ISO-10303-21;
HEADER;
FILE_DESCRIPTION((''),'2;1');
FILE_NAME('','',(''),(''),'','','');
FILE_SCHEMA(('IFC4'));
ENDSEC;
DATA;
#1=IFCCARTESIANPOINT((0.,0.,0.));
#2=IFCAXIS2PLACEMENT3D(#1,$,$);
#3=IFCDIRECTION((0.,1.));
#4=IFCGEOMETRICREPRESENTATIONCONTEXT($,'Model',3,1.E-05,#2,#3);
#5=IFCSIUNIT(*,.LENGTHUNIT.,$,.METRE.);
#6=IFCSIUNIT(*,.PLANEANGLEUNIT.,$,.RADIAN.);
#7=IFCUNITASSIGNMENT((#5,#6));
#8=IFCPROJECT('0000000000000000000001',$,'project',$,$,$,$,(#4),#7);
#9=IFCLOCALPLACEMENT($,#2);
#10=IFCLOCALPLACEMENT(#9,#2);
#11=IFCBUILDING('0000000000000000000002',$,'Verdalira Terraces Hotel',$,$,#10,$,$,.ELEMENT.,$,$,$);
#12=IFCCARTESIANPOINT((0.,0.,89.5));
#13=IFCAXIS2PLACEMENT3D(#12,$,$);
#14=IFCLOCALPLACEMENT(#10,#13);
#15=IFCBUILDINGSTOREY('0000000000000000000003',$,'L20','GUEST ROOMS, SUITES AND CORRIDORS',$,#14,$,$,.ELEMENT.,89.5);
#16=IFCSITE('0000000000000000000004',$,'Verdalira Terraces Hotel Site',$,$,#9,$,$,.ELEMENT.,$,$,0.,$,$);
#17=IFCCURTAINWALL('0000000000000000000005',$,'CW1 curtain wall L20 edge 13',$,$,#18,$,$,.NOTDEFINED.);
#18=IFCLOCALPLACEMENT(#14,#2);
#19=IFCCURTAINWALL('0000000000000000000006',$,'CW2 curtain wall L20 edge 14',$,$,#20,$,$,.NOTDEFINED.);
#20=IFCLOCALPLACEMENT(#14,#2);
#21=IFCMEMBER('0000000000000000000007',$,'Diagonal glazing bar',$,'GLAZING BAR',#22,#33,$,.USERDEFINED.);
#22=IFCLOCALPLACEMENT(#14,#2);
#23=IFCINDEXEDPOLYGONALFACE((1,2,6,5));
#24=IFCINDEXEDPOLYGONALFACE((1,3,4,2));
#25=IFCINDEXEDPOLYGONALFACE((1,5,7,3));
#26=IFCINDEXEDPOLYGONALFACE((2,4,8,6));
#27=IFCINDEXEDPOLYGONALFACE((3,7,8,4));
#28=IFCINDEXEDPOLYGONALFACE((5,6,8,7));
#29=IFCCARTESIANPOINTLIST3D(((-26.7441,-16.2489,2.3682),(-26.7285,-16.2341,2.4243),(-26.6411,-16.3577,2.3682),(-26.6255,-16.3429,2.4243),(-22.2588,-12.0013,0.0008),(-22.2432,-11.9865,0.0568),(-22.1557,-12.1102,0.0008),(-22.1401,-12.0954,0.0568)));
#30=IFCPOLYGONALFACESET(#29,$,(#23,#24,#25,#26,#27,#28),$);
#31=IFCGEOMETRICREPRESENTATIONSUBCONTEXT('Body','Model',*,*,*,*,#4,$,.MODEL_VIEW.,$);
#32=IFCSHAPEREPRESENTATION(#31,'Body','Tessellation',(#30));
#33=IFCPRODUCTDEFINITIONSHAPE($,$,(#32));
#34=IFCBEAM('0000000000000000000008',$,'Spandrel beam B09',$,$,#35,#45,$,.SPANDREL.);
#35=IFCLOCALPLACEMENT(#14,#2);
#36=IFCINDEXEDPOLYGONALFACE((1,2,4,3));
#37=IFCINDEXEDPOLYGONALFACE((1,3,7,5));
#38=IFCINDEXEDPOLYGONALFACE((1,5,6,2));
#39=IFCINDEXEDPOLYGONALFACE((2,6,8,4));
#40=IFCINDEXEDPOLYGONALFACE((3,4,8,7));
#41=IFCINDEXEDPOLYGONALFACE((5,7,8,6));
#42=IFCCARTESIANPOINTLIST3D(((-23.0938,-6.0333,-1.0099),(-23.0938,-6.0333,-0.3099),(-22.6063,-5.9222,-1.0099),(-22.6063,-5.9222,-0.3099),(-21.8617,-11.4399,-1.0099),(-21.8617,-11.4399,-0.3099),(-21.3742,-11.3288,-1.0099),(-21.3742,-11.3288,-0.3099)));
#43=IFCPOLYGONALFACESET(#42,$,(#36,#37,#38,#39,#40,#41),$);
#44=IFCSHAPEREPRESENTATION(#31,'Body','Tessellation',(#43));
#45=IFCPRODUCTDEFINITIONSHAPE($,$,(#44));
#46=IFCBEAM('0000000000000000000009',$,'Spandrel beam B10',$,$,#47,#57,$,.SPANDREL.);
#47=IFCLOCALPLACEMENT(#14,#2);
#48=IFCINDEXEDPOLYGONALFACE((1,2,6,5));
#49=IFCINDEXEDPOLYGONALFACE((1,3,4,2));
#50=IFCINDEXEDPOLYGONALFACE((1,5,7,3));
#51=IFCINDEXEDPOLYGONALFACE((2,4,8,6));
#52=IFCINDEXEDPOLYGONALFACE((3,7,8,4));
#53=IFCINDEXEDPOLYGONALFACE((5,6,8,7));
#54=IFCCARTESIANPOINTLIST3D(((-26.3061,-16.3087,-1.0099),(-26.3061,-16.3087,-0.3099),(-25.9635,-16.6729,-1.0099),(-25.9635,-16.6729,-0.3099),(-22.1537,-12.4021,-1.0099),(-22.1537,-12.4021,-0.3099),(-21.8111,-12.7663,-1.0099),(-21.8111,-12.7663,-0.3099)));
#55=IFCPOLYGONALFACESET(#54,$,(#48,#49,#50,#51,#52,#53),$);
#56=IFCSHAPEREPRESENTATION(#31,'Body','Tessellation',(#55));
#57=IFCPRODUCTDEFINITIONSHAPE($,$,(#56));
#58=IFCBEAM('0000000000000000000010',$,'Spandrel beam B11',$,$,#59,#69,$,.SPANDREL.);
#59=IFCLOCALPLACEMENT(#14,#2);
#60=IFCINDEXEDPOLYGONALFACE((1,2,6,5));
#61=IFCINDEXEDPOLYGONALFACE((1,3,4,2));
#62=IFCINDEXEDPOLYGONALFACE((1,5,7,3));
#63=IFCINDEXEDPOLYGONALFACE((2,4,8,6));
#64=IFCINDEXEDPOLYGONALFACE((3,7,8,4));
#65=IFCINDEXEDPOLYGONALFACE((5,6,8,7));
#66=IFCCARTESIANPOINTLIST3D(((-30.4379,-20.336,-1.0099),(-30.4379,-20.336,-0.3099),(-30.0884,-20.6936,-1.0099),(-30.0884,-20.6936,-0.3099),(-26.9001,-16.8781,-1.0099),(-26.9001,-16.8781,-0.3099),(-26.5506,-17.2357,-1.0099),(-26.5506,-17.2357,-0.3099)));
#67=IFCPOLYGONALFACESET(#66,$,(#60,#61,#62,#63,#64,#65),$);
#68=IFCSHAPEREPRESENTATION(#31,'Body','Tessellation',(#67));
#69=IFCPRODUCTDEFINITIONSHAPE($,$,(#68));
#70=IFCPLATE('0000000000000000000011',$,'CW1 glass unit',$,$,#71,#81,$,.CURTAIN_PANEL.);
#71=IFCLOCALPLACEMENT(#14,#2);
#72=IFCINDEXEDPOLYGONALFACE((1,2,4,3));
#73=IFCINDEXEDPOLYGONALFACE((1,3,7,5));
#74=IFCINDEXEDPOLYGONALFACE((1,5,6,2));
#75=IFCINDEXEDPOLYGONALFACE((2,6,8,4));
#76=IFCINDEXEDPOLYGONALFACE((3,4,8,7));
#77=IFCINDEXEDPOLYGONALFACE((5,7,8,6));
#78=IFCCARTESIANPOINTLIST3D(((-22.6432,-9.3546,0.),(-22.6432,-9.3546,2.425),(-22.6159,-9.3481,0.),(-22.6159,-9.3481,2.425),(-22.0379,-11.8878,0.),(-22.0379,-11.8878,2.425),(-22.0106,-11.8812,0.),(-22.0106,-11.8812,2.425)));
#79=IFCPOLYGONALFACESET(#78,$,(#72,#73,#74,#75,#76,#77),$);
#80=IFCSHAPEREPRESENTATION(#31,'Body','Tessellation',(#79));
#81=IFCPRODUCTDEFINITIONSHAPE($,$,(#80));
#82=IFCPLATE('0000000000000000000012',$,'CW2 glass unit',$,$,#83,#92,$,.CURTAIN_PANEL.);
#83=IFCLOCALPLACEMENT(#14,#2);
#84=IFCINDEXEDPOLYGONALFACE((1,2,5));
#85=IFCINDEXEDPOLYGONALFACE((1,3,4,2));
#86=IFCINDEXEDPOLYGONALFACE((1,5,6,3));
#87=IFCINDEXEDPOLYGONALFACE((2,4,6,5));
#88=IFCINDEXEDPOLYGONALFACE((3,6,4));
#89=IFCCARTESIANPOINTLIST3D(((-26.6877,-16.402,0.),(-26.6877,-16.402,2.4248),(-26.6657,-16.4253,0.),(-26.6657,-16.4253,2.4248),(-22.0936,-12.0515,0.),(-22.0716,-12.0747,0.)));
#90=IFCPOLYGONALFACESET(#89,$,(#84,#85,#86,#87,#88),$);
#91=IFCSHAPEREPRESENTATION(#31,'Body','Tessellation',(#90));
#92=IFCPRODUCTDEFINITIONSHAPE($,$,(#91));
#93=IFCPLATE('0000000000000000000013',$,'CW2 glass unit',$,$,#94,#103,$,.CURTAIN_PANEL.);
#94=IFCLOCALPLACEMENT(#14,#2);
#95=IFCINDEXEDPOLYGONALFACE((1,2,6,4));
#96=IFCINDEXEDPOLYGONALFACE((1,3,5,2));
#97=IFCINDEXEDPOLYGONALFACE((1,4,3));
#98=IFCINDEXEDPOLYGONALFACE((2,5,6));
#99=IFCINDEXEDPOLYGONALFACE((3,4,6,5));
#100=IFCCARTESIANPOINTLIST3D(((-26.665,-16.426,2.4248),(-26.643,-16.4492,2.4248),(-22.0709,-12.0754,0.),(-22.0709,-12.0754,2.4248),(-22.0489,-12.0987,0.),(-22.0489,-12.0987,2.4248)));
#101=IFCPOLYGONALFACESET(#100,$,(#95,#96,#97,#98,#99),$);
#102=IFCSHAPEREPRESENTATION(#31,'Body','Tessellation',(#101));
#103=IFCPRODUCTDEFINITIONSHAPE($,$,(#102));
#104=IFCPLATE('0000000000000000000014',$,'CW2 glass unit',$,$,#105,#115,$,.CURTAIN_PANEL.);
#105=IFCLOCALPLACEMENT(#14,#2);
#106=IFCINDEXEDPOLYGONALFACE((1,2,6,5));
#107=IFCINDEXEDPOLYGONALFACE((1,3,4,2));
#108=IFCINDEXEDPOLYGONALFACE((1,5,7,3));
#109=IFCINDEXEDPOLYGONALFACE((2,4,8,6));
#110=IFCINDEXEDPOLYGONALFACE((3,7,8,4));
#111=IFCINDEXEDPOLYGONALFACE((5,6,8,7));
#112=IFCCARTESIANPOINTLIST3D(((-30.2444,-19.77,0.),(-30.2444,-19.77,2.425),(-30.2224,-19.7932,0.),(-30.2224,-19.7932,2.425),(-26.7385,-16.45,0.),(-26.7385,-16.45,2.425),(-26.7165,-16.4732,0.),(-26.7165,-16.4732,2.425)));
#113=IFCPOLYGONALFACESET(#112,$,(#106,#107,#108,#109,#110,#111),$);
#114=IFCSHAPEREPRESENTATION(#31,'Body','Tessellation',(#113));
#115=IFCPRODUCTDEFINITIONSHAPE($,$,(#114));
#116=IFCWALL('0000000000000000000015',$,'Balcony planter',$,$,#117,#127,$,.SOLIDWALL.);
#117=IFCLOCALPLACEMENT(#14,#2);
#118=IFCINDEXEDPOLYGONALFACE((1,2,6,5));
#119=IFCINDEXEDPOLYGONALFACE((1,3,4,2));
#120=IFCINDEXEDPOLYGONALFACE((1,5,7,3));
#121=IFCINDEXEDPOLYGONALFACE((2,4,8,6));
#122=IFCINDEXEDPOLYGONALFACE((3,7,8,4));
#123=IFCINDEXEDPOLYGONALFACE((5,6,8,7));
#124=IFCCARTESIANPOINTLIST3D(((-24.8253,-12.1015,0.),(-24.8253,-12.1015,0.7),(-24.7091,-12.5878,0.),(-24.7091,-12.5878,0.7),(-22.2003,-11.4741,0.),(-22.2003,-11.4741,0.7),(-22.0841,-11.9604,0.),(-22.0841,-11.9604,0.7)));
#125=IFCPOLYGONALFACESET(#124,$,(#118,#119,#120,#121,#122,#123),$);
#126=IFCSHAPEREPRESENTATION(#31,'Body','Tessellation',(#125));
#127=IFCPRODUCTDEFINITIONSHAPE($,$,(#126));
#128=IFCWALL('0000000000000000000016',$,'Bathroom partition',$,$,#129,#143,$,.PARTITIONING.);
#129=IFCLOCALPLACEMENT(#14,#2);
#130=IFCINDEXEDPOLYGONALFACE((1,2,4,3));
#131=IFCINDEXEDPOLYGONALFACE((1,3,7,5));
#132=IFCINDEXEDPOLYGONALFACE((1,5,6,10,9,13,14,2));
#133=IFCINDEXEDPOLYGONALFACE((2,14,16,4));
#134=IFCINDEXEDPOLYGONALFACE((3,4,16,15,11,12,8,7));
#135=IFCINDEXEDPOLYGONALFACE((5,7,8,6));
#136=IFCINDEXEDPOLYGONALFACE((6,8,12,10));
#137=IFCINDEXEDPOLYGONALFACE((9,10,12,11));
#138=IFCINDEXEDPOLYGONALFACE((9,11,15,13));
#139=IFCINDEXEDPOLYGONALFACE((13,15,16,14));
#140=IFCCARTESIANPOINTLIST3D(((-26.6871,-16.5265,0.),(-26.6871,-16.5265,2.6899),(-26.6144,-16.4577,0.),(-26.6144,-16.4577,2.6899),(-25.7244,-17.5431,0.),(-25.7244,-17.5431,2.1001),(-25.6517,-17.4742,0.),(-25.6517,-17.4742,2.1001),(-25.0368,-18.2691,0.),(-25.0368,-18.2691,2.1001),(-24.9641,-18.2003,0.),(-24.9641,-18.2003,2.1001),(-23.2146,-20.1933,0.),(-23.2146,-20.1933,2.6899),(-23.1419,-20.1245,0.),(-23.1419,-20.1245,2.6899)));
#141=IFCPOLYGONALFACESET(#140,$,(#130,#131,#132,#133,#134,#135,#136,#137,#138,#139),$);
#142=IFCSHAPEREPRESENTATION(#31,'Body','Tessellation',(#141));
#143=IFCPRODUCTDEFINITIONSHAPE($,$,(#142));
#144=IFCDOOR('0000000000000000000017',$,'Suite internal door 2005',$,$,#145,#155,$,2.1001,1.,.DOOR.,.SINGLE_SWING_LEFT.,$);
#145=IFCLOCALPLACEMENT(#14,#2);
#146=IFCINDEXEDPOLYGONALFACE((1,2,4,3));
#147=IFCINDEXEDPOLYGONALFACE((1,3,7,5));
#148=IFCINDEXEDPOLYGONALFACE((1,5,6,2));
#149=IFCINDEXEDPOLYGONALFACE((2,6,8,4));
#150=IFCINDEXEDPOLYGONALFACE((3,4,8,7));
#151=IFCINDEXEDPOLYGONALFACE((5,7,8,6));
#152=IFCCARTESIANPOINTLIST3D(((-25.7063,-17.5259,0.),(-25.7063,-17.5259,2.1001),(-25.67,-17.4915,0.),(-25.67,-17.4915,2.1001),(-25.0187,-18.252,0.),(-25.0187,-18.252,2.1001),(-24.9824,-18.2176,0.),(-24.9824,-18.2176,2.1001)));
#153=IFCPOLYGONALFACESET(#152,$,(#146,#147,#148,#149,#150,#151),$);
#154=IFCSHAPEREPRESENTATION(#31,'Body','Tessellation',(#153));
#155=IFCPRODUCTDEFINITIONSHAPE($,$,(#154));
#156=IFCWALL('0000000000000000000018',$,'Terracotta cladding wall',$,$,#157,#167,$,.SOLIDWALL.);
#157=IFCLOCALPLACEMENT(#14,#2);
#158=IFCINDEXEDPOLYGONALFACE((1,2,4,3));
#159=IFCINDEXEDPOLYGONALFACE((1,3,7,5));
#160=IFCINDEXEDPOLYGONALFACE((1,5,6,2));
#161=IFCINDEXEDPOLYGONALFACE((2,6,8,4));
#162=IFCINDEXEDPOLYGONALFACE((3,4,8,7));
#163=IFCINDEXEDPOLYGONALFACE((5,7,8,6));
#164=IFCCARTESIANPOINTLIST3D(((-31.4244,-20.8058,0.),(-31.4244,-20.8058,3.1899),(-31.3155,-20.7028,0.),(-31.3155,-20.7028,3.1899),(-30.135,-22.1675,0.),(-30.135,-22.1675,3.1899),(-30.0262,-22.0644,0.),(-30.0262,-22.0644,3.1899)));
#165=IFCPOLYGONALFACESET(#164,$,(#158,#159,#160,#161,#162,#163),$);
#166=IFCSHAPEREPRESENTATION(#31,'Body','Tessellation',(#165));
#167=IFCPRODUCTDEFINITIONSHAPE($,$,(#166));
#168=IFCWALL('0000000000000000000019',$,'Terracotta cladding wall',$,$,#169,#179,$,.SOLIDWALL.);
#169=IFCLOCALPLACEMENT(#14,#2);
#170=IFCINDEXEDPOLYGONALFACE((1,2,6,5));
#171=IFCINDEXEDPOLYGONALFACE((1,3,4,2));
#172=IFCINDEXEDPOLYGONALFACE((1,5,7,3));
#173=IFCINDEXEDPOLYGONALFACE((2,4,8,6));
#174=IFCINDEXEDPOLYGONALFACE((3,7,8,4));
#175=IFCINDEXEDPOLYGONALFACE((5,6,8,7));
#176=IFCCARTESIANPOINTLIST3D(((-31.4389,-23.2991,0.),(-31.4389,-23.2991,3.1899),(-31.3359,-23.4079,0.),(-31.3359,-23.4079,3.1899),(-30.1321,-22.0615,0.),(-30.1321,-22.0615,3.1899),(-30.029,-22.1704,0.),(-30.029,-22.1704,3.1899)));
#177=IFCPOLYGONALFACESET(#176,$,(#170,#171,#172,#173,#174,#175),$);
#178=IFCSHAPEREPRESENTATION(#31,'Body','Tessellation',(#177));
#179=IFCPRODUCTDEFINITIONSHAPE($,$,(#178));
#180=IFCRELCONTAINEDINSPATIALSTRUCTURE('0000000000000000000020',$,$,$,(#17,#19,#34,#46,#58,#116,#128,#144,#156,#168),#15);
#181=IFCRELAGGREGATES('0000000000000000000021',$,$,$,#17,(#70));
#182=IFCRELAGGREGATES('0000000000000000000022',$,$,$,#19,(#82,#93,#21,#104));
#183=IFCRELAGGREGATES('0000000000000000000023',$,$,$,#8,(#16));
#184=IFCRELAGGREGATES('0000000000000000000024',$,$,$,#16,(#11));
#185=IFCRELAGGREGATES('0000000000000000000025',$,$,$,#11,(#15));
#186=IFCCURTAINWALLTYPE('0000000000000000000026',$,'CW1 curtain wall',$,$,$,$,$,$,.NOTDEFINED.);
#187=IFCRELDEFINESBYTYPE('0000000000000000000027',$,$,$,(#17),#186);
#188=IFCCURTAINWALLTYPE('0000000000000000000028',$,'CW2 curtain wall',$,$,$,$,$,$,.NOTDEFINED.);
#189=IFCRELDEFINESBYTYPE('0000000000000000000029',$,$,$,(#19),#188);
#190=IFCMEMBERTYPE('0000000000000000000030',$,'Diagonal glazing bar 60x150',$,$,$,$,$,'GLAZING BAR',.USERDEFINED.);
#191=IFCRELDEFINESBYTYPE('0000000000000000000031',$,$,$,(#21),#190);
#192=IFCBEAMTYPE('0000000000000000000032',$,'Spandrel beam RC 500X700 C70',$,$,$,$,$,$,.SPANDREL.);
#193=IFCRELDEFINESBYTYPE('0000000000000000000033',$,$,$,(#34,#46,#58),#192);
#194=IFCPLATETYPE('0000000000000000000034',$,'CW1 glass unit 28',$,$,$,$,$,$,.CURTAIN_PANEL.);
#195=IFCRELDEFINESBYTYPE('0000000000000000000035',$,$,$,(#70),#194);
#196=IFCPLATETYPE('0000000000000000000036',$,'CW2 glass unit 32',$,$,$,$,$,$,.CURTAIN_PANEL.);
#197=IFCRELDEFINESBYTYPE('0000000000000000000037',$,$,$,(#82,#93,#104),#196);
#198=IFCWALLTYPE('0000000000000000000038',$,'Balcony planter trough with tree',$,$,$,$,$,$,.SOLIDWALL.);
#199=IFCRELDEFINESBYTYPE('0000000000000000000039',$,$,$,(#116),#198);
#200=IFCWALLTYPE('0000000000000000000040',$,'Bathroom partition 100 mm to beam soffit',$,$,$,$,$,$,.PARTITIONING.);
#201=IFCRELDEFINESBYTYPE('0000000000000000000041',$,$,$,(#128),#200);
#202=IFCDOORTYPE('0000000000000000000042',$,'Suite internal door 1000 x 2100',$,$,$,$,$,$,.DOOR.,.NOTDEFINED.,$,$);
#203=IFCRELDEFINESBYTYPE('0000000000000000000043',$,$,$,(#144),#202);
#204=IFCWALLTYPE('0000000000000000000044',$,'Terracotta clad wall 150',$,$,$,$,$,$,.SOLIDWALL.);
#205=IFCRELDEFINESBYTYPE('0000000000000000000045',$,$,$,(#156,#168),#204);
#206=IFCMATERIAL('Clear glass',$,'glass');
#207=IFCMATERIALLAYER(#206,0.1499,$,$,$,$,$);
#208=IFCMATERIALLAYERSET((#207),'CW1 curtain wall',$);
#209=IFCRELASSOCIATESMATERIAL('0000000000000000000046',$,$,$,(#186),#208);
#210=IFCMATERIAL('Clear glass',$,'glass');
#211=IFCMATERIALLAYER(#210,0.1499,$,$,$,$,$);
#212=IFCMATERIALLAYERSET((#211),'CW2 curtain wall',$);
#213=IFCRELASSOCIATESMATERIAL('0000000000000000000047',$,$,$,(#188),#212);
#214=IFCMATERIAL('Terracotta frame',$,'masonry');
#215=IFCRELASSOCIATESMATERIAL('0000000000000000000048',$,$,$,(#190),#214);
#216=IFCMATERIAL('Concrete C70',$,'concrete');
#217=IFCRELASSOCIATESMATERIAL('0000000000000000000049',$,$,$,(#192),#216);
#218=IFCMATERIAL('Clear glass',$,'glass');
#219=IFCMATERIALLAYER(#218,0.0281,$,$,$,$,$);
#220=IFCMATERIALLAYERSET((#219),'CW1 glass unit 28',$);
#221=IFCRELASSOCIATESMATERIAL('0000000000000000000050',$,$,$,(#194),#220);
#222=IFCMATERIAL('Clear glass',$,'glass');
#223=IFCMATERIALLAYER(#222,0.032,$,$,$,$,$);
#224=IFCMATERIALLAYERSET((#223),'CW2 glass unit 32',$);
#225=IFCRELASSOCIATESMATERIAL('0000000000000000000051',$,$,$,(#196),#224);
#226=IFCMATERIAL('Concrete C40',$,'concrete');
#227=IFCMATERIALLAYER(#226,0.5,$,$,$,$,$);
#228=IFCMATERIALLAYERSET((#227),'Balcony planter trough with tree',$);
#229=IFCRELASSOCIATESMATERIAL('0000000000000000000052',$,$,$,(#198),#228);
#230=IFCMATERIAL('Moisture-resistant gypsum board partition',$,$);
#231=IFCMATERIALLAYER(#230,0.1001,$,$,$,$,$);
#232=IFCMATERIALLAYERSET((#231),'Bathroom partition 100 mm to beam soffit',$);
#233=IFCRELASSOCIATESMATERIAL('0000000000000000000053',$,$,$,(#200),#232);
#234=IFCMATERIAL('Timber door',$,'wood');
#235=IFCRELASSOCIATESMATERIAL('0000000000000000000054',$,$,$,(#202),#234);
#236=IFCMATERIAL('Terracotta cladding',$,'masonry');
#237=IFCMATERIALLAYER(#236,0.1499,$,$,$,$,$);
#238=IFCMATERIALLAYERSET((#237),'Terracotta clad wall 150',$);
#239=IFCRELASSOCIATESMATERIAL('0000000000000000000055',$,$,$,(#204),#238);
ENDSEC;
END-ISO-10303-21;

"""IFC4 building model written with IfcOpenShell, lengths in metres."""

from ifc_helpers import new_model, si_unit, direction, frame, frame_2d, origin, origin_2d, place, context, subcontext, project, spatial, polyline, rectangle, outline, extrude, material, layer, layer_set, material_profile, profile_set, type_object, element, fill, aggregate, save


model = new_model("IFC4")

# Units and contexts
model_context = context("Model", 3, precision=1e-05, world=origin(), true_north=direction((0.0, 1.0)))
body_context = subcontext(model_context, "Body", "Model", "MODEL_VIEW")
ifc_project = project(units=[si_unit("LENGTHUNIT", "METRE"), si_unit("PLANEANGLEUNIT", "RADIAN")], contexts=[model_context])

# Site, building, storey
site_placement = place(None, origin())
site = spatial("IfcSite", under=ifc_project, at=site_placement, Name="Verdalira Terraces Hotel Site", CompositionType="ELEMENT", RefElevation=0.0)
building_placement = place(site_placement, origin())
building = spatial("IfcBuilding", under=site, at=building_placement, Name="Verdalira Terraces Hotel", CompositionType="ELEMENT")
storey_placement = place(building_placement, frame((0.0, 0.0, 89.5)))
storey = spatial("IfcBuildingStorey", under=building, at=storey_placement, Name="L20", Description="GUEST ROOMS, SUITES AND CORRIDORS", CompositionType="ELEMENT", Elevation=89.5)

# Curtain wall
ifc_material_1 = material(Name="Clear glass", Category="glass")
ifc_layer_1 = layer(ifc_material_1, 0.1499)
ifc_layer_set_1 = layer_set([ifc_layer_1], Name="CW1 curtain wall")
curtain_wall_type_1 = type_object("IfcCurtainWallType", Name="CW1 curtain wall", PredefinedType="NOTDEFINED", material=ifc_layer_set_1)
curtain_wall_1_placement = place(storey_placement, origin())
curtain_wall_1 = element("IfcCurtainWall", 1, at=curtain_wall_1_placement, inside=storey, type_object=curtain_wall_type_1, Name="CW1 curtain wall L20 edge 13", PredefinedType="NOTDEFINED")

# Curtain wall, member
ifc_material_2 = material(Name="Clear glass", Category="glass")
ifc_layer_2 = layer(ifc_material_2, 0.1499)
ifc_layer_set_2 = layer_set([ifc_layer_2], Name="CW2 curtain wall")
curtain_wall_type_2 = type_object("IfcCurtainWallType", Name="CW2 curtain wall", PredefinedType="NOTDEFINED", material=ifc_layer_set_2)
curtain_wall_2_placement = place(storey_placement, origin())
curtain_wall_2 = element("IfcCurtainWall", 2, at=curtain_wall_2_placement, inside=storey, type_object=curtain_wall_type_2, Name="CW2 curtain wall L20 edge 14", PredefinedType="NOTDEFINED")
ifc_material_3 = material(Name="Terracotta frame", Category="masonry")
ifc_material_profile_1 = material_profile(ifc_material_3, rectangle(XDim=0.1499, YDim=0.0601, at=origin_2d()), Name="GB 60x150")
ifc_profile_set_1 = profile_set([ifc_material_profile_1], Name="Terracotta frame")
member_type_1 = type_object("IfcMemberType", Name="Diagonal glazing bar 60x150", ElementType="GLAZING BAR", PredefinedType="USERDEFINED", material=ifc_profile_set_1)
member_1_placement = place(storey_placement, frame((-22.1995, -12.0483, 0.0288), z_axis=(-0.678006, -0.642061, 0.357861), x_axis=(0.687598, -0.726092, 0.0)))
member_1 = element("IfcMember", 3, at=member_1_placement, type_object=member_type_1, Name="Diagonal glazing bar", ObjectType="GLAZING BAR", PredefinedType="USERDEFINED", context=body_context, shape_type="SweptSolid", body=[
    extrude(rectangle(XDim=0.1499, YDim=0.0601, at=origin_2d()), origin(), (0.0, 0.0, 1.0), 6.6155),
])

# Beams
ifc_material_4 = material(Name="Concrete C70", Category="concrete")
ifc_material_profile_2 = material_profile(ifc_material_4, rectangle(XDim=0.5, YDim=0.7, at=origin_2d()), Name="RC 500X700")
ifc_profile_set_2 = profile_set([ifc_material_profile_2], Name="Concrete C70")
beam_type_1 = type_object("IfcBeamType", Name="Spandrel beam RC 500X700 C70", PredefinedType="SPANDREL", material=ifc_profile_set_2)
beam_1_placement = place(storey_placement, frame((-22.8501, -5.9778, -0.6599), z_axis=(0.222209, -0.974999, 0.0), x_axis=(0.974999, 0.222209, 0.0)))
element("IfcBeam", 4, at=beam_1_placement, inside=storey, type_object=beam_type_1, Name="Spandrel beam B09", PredefinedType="SPANDREL", context=body_context, shape_type="SweptSolid", body=[
    extrude(rectangle(XDim=0.5, YDim=0.7, at=origin_2d()), origin(), (0.0, 0.0, 1.0), 5.5452),
])
beam_2_placement = place(storey_placement, frame((-21.9824, -12.5842, -0.6599), z_axis=(-0.72834, -0.685216, 0.0), x_axis=(0.685216, -0.72834, 0.0)))
element("IfcBeam", 5, at=beam_2_placement, inside=storey, type_object=beam_type_1, Name="Spandrel beam B10", PredefinedType="SPANDREL", context=body_context, shape_type="SweptSolid", body=[
    extrude(rectangle(XDim=0.5, YDim=0.7, at=origin_2d()), origin(), (0.0, 0.0, 1.0), 5.7012),
])
beam_3_placement = place(storey_placement, frame((-26.7253, -17.0569, -0.6599), z_axis=(-0.715129, -0.698992, 0.0), x_axis=(0.698992, -0.715129, 0.0)))
element("IfcBeam", 6, at=beam_3_placement, inside=storey, type_object=beam_type_1, Name="Spandrel beam B11", PredefinedType="SPANDREL", context=body_context, shape_type="SweptSolid", body=[
    extrude(rectangle(XDim=0.5, YDim=0.7, at=origin_2d()), origin(), (0.0, 0.0, 1.0), 4.947),
])

# Plates
ifc_material_5 = material(Name="Clear glass", Category="glass")
ifc_layer_3 = layer(ifc_material_5, 0.0281)
ifc_layer_set_3 = layer_set([ifc_layer_3], Name="CW1 glass unit 28")
plate_type_1 = type_object("IfcPlateType", Name="CW1 glass unit 28", PredefinedType="CURTAIN_PANEL", material=ifc_layer_set_3)
plate_1_placement = place(storey_placement, frame((-22.3269, -10.6179, 0.0), z_axis=(0.0, 0.0, 1.0), x_axis=(0.232427, -0.972614, 0.0)))
plate_1 = element("IfcPlate", 7, at=plate_1_placement, type_object=plate_type_1, Name="CW1 glass unit", PredefinedType="CURTAIN_PANEL", context=body_context, shape_type="SweptSolid", body=[
    extrude(rectangle(XDim=2.6045, YDim=0.0281, at=origin_2d()), origin(), (0.0, 0.0, 1.0), 2.425),
])
aggregate(curtain_wall_1, [plate_1])
ifc_material_6 = material(Name="Clear glass", Category="glass")
ifc_layer_4 = layer(ifc_material_6, 0.032)
ifc_layer_set_4 = layer_set([ifc_layer_4], Name="CW2 glass unit 32")
plate_type_2 = type_object("IfcPlateType", Name="CW2 glass unit 32", PredefinedType="CURTAIN_PANEL", material=ifc_layer_set_4)
plate_2_placement = place(storey_placement, frame((-24.3687, -14.25, 1.2124), z_axis=(-0.687595, 0.726095, 0.0), x_axis=(-0.726095, -0.687595, 0.0)))
plate_2 = element("IfcPlate", 8, at=plate_2_placement, type_object=plate_type_2, Name="CW2 glass unit", PredefinedType="CURTAIN_PANEL", context=body_context, shape_type="SweptSolid", body=[
    extrude(outline(polyline([(-3.1636, -1.2124), (3.1636, -1.2124), (3.1636, 1.2124), (-3.1636, -1.2124)])), origin(), (0.0, 0.0, 1.0), 0.032),
])
plate_3_placement = place(storey_placement, frame((-24.3459, -14.2739, 1.2124), z_axis=(-0.687595, 0.726095, 0.0), x_axis=(-0.726095, -0.687595, 0.0)))
plate_3 = element("IfcPlate", 9, at=plate_3_placement, type_object=plate_type_2, Name="CW2 glass unit", PredefinedType="CURTAIN_PANEL", context=body_context, shape_type="SweptSolid", body=[
    extrude(outline(polyline([(-3.1636, -1.2124), (3.1636, 1.2124), (-3.1636, 1.2124), (-3.1636, -1.2124)])), origin(), (0.0, 0.0, 1.0), 0.032),
])
plate_4_placement = place(storey_placement, frame((-28.4805, -18.1216, 0.0), z_axis=(0.0, 0.0, 1.0), x_axis=(-0.726095, -0.687595, 0.0)))
plate_4 = element("IfcPlate", 10, at=plate_4_placement, type_object=plate_type_2, Name="CW2 glass unit", PredefinedType="CURTAIN_PANEL", context=body_context, shape_type="SweptSolid", body=[
    extrude(rectangle(XDim=4.8284, YDim=0.032, at=origin_2d()), origin(), (0.0, 0.0, 1.0), 2.425),
])
aggregate(curtain_wall_2, [plate_2, plate_3, member_1, plate_4])

# Wall
ifc_material_7 = material(Name="Concrete C40", Category="concrete")
ifc_layer_5 = layer(ifc_material_7, 0.5)
ifc_layer_set_5 = layer_set([ifc_layer_5], Name="Balcony planter trough with tree")
wall_type_1 = type_object("IfcWallType", Name="Balcony planter trough with tree", PredefinedType="SOLIDWALL", material=ifc_layer_set_5)
wall_1_placement = place(storey_placement, frame((-24.7673, -12.3447, 0.0), z_axis=(0.0, 0.0, 1.0), x_axis=(0.972602, 0.232476, 0.0)))
element("IfcWall", 11, at=wall_1_placement, inside=storey, type_object=wall_type_1, Name="Balcony planter", PredefinedType="SOLIDWALL", context=body_context, shape_type="SweptSolid", body=[
    extrude(rectangle(XDim=2.699, YDim=0.5, at=frame_2d((1.3496, 0.0))), origin(), (0.0, 0.0, 1.0), 0.7),
])

# Wall, opening, door
ifc_material_8 = material(Name="Moisture-resistant gypsum board partition")
ifc_layer_6 = layer(ifc_material_8, 0.1001)
ifc_layer_set_6 = layer_set([ifc_layer_6], Name="Bathroom partition 100 mm to beam soffit")
wall_type_2 = type_object("IfcWallType", Name="Bathroom partition 100 mm to beam soffit", PredefinedType="PARTITIONING", material=ifc_layer_set_6)
wall_2_placement = place(storey_placement, frame((-26.6506, -16.4922, 0.0), z_axis=(0.0, 0.0, 1.0), x_axis=(0.687604, -0.726086, 0.0)))
wall_2 = element("IfcWall", 12, at=wall_2_placement, inside=storey, type_object=wall_type_2, Name="Bathroom partition", PredefinedType="PARTITIONING", context=body_context, shape_type="SweptSolid", body=[
    extrude(rectangle(XDim=5.05, YDim=0.1001, at=frame_2d((2.5249, 0.0))), origin(), (0.0, 0.0, 1.0), 2.6899),
])
opening_1_placement = place(wall_2_placement, frame((1.3999, 0.0, 0.0)))
opening_1 = element("IfcOpeningElement", 13, at=opening_1_placement, cuts=wall_2, PredefinedType="OPENING", context=body_context, shape_type="SweptSolid", body=[
    extrude(rectangle(XDim=1.0, YDim=2.1001, at=frame_2d((0.5, 1.05))), frame((0.0, 0.0601, 0.0), z_axis=(0.0, -1.0, 0.0), x_axis=(1.0, 0.0, 0.0)), (0.0, 0.0, 1.0), 0.1201),
])
ifc_material_9 = material(Name="Timber door", Category="wood")
door_type_1 = type_object("IfcDoorType", Name="Suite internal door 1000 x 2100", OperationType="NOTDEFINED", PredefinedType="DOOR", material=ifc_material_9)
door_1_placement = place(opening_1_placement, origin())
door_1 = element("IfcDoor", 14, at=door_1_placement, inside=storey, type_object=door_type_1, Name="Suite internal door 2005", OperationType="SINGLE_SWING_LEFT", OverallHeight=2.1001, OverallWidth=1.0, PredefinedType="DOOR", context=body_context, shape_type="SweptSolid", body=[
    extrude(rectangle(XDim=1.0, YDim=2.1001, at=frame_2d((0.5, 1.05))), frame((0.0, 0.0249, 0.0), z_axis=(0.0, -1.0, 0.0), x_axis=(1.0, 0.0, 0.0)), (0.0, 0.0, 1.0), 0.05),
])
fill(opening_1, door_1)

# Walls
ifc_material_10 = material(Name="Terracotta cladding", Category="masonry")
ifc_layer_7 = layer(ifc_material_10, 0.1499)
ifc_layer_set_7 = layer_set([ifc_layer_7], Name="Terracotta clad wall 150")
wall_type_3 = type_object("IfcWallType", Name="Terracotta clad wall 150", PredefinedType="SOLIDWALL", material=ifc_layer_set_7)
wall_3_placement = place(storey_placement, frame((-31.3699, -20.7544, 0.0), z_axis=(0.0, 0.0, 1.0), x_axis=(0.687575, -0.726113, 0.0)))
element("IfcWall", 15, at=wall_3_placement, inside=storey, type_object=wall_type_3, Name="Terracotta cladding wall", PredefinedType="SOLIDWALL", context=body_context, shape_type="SweptSolid", body=[
    extrude(rectangle(XDim=1.8752, YDim=0.1499, at=frame_2d((0.9375, 0.0))), origin(), (0.0, 0.0, 1.0), 3.1899),
])
wall_4_placement = place(storey_placement, frame((-30.0806, -22.116, 0.0), z_axis=(0.0, 0.0, 1.0), x_axis=(-0.726106, -0.687583, 0.0)))
element("IfcWall", 16, at=wall_4_placement, inside=storey, type_object=wall_type_3, Name="Terracotta cladding wall", PredefinedType="SOLIDWALL", context=body_context, shape_type="SweptSolid", body=[
    extrude(rectangle(XDim=1.7998, YDim=0.1499, at=frame_2d((0.8999, 0.0))), origin(), (0.0, 0.0, 1.0), 3.1899),
])

save(model, "model.ifc")
